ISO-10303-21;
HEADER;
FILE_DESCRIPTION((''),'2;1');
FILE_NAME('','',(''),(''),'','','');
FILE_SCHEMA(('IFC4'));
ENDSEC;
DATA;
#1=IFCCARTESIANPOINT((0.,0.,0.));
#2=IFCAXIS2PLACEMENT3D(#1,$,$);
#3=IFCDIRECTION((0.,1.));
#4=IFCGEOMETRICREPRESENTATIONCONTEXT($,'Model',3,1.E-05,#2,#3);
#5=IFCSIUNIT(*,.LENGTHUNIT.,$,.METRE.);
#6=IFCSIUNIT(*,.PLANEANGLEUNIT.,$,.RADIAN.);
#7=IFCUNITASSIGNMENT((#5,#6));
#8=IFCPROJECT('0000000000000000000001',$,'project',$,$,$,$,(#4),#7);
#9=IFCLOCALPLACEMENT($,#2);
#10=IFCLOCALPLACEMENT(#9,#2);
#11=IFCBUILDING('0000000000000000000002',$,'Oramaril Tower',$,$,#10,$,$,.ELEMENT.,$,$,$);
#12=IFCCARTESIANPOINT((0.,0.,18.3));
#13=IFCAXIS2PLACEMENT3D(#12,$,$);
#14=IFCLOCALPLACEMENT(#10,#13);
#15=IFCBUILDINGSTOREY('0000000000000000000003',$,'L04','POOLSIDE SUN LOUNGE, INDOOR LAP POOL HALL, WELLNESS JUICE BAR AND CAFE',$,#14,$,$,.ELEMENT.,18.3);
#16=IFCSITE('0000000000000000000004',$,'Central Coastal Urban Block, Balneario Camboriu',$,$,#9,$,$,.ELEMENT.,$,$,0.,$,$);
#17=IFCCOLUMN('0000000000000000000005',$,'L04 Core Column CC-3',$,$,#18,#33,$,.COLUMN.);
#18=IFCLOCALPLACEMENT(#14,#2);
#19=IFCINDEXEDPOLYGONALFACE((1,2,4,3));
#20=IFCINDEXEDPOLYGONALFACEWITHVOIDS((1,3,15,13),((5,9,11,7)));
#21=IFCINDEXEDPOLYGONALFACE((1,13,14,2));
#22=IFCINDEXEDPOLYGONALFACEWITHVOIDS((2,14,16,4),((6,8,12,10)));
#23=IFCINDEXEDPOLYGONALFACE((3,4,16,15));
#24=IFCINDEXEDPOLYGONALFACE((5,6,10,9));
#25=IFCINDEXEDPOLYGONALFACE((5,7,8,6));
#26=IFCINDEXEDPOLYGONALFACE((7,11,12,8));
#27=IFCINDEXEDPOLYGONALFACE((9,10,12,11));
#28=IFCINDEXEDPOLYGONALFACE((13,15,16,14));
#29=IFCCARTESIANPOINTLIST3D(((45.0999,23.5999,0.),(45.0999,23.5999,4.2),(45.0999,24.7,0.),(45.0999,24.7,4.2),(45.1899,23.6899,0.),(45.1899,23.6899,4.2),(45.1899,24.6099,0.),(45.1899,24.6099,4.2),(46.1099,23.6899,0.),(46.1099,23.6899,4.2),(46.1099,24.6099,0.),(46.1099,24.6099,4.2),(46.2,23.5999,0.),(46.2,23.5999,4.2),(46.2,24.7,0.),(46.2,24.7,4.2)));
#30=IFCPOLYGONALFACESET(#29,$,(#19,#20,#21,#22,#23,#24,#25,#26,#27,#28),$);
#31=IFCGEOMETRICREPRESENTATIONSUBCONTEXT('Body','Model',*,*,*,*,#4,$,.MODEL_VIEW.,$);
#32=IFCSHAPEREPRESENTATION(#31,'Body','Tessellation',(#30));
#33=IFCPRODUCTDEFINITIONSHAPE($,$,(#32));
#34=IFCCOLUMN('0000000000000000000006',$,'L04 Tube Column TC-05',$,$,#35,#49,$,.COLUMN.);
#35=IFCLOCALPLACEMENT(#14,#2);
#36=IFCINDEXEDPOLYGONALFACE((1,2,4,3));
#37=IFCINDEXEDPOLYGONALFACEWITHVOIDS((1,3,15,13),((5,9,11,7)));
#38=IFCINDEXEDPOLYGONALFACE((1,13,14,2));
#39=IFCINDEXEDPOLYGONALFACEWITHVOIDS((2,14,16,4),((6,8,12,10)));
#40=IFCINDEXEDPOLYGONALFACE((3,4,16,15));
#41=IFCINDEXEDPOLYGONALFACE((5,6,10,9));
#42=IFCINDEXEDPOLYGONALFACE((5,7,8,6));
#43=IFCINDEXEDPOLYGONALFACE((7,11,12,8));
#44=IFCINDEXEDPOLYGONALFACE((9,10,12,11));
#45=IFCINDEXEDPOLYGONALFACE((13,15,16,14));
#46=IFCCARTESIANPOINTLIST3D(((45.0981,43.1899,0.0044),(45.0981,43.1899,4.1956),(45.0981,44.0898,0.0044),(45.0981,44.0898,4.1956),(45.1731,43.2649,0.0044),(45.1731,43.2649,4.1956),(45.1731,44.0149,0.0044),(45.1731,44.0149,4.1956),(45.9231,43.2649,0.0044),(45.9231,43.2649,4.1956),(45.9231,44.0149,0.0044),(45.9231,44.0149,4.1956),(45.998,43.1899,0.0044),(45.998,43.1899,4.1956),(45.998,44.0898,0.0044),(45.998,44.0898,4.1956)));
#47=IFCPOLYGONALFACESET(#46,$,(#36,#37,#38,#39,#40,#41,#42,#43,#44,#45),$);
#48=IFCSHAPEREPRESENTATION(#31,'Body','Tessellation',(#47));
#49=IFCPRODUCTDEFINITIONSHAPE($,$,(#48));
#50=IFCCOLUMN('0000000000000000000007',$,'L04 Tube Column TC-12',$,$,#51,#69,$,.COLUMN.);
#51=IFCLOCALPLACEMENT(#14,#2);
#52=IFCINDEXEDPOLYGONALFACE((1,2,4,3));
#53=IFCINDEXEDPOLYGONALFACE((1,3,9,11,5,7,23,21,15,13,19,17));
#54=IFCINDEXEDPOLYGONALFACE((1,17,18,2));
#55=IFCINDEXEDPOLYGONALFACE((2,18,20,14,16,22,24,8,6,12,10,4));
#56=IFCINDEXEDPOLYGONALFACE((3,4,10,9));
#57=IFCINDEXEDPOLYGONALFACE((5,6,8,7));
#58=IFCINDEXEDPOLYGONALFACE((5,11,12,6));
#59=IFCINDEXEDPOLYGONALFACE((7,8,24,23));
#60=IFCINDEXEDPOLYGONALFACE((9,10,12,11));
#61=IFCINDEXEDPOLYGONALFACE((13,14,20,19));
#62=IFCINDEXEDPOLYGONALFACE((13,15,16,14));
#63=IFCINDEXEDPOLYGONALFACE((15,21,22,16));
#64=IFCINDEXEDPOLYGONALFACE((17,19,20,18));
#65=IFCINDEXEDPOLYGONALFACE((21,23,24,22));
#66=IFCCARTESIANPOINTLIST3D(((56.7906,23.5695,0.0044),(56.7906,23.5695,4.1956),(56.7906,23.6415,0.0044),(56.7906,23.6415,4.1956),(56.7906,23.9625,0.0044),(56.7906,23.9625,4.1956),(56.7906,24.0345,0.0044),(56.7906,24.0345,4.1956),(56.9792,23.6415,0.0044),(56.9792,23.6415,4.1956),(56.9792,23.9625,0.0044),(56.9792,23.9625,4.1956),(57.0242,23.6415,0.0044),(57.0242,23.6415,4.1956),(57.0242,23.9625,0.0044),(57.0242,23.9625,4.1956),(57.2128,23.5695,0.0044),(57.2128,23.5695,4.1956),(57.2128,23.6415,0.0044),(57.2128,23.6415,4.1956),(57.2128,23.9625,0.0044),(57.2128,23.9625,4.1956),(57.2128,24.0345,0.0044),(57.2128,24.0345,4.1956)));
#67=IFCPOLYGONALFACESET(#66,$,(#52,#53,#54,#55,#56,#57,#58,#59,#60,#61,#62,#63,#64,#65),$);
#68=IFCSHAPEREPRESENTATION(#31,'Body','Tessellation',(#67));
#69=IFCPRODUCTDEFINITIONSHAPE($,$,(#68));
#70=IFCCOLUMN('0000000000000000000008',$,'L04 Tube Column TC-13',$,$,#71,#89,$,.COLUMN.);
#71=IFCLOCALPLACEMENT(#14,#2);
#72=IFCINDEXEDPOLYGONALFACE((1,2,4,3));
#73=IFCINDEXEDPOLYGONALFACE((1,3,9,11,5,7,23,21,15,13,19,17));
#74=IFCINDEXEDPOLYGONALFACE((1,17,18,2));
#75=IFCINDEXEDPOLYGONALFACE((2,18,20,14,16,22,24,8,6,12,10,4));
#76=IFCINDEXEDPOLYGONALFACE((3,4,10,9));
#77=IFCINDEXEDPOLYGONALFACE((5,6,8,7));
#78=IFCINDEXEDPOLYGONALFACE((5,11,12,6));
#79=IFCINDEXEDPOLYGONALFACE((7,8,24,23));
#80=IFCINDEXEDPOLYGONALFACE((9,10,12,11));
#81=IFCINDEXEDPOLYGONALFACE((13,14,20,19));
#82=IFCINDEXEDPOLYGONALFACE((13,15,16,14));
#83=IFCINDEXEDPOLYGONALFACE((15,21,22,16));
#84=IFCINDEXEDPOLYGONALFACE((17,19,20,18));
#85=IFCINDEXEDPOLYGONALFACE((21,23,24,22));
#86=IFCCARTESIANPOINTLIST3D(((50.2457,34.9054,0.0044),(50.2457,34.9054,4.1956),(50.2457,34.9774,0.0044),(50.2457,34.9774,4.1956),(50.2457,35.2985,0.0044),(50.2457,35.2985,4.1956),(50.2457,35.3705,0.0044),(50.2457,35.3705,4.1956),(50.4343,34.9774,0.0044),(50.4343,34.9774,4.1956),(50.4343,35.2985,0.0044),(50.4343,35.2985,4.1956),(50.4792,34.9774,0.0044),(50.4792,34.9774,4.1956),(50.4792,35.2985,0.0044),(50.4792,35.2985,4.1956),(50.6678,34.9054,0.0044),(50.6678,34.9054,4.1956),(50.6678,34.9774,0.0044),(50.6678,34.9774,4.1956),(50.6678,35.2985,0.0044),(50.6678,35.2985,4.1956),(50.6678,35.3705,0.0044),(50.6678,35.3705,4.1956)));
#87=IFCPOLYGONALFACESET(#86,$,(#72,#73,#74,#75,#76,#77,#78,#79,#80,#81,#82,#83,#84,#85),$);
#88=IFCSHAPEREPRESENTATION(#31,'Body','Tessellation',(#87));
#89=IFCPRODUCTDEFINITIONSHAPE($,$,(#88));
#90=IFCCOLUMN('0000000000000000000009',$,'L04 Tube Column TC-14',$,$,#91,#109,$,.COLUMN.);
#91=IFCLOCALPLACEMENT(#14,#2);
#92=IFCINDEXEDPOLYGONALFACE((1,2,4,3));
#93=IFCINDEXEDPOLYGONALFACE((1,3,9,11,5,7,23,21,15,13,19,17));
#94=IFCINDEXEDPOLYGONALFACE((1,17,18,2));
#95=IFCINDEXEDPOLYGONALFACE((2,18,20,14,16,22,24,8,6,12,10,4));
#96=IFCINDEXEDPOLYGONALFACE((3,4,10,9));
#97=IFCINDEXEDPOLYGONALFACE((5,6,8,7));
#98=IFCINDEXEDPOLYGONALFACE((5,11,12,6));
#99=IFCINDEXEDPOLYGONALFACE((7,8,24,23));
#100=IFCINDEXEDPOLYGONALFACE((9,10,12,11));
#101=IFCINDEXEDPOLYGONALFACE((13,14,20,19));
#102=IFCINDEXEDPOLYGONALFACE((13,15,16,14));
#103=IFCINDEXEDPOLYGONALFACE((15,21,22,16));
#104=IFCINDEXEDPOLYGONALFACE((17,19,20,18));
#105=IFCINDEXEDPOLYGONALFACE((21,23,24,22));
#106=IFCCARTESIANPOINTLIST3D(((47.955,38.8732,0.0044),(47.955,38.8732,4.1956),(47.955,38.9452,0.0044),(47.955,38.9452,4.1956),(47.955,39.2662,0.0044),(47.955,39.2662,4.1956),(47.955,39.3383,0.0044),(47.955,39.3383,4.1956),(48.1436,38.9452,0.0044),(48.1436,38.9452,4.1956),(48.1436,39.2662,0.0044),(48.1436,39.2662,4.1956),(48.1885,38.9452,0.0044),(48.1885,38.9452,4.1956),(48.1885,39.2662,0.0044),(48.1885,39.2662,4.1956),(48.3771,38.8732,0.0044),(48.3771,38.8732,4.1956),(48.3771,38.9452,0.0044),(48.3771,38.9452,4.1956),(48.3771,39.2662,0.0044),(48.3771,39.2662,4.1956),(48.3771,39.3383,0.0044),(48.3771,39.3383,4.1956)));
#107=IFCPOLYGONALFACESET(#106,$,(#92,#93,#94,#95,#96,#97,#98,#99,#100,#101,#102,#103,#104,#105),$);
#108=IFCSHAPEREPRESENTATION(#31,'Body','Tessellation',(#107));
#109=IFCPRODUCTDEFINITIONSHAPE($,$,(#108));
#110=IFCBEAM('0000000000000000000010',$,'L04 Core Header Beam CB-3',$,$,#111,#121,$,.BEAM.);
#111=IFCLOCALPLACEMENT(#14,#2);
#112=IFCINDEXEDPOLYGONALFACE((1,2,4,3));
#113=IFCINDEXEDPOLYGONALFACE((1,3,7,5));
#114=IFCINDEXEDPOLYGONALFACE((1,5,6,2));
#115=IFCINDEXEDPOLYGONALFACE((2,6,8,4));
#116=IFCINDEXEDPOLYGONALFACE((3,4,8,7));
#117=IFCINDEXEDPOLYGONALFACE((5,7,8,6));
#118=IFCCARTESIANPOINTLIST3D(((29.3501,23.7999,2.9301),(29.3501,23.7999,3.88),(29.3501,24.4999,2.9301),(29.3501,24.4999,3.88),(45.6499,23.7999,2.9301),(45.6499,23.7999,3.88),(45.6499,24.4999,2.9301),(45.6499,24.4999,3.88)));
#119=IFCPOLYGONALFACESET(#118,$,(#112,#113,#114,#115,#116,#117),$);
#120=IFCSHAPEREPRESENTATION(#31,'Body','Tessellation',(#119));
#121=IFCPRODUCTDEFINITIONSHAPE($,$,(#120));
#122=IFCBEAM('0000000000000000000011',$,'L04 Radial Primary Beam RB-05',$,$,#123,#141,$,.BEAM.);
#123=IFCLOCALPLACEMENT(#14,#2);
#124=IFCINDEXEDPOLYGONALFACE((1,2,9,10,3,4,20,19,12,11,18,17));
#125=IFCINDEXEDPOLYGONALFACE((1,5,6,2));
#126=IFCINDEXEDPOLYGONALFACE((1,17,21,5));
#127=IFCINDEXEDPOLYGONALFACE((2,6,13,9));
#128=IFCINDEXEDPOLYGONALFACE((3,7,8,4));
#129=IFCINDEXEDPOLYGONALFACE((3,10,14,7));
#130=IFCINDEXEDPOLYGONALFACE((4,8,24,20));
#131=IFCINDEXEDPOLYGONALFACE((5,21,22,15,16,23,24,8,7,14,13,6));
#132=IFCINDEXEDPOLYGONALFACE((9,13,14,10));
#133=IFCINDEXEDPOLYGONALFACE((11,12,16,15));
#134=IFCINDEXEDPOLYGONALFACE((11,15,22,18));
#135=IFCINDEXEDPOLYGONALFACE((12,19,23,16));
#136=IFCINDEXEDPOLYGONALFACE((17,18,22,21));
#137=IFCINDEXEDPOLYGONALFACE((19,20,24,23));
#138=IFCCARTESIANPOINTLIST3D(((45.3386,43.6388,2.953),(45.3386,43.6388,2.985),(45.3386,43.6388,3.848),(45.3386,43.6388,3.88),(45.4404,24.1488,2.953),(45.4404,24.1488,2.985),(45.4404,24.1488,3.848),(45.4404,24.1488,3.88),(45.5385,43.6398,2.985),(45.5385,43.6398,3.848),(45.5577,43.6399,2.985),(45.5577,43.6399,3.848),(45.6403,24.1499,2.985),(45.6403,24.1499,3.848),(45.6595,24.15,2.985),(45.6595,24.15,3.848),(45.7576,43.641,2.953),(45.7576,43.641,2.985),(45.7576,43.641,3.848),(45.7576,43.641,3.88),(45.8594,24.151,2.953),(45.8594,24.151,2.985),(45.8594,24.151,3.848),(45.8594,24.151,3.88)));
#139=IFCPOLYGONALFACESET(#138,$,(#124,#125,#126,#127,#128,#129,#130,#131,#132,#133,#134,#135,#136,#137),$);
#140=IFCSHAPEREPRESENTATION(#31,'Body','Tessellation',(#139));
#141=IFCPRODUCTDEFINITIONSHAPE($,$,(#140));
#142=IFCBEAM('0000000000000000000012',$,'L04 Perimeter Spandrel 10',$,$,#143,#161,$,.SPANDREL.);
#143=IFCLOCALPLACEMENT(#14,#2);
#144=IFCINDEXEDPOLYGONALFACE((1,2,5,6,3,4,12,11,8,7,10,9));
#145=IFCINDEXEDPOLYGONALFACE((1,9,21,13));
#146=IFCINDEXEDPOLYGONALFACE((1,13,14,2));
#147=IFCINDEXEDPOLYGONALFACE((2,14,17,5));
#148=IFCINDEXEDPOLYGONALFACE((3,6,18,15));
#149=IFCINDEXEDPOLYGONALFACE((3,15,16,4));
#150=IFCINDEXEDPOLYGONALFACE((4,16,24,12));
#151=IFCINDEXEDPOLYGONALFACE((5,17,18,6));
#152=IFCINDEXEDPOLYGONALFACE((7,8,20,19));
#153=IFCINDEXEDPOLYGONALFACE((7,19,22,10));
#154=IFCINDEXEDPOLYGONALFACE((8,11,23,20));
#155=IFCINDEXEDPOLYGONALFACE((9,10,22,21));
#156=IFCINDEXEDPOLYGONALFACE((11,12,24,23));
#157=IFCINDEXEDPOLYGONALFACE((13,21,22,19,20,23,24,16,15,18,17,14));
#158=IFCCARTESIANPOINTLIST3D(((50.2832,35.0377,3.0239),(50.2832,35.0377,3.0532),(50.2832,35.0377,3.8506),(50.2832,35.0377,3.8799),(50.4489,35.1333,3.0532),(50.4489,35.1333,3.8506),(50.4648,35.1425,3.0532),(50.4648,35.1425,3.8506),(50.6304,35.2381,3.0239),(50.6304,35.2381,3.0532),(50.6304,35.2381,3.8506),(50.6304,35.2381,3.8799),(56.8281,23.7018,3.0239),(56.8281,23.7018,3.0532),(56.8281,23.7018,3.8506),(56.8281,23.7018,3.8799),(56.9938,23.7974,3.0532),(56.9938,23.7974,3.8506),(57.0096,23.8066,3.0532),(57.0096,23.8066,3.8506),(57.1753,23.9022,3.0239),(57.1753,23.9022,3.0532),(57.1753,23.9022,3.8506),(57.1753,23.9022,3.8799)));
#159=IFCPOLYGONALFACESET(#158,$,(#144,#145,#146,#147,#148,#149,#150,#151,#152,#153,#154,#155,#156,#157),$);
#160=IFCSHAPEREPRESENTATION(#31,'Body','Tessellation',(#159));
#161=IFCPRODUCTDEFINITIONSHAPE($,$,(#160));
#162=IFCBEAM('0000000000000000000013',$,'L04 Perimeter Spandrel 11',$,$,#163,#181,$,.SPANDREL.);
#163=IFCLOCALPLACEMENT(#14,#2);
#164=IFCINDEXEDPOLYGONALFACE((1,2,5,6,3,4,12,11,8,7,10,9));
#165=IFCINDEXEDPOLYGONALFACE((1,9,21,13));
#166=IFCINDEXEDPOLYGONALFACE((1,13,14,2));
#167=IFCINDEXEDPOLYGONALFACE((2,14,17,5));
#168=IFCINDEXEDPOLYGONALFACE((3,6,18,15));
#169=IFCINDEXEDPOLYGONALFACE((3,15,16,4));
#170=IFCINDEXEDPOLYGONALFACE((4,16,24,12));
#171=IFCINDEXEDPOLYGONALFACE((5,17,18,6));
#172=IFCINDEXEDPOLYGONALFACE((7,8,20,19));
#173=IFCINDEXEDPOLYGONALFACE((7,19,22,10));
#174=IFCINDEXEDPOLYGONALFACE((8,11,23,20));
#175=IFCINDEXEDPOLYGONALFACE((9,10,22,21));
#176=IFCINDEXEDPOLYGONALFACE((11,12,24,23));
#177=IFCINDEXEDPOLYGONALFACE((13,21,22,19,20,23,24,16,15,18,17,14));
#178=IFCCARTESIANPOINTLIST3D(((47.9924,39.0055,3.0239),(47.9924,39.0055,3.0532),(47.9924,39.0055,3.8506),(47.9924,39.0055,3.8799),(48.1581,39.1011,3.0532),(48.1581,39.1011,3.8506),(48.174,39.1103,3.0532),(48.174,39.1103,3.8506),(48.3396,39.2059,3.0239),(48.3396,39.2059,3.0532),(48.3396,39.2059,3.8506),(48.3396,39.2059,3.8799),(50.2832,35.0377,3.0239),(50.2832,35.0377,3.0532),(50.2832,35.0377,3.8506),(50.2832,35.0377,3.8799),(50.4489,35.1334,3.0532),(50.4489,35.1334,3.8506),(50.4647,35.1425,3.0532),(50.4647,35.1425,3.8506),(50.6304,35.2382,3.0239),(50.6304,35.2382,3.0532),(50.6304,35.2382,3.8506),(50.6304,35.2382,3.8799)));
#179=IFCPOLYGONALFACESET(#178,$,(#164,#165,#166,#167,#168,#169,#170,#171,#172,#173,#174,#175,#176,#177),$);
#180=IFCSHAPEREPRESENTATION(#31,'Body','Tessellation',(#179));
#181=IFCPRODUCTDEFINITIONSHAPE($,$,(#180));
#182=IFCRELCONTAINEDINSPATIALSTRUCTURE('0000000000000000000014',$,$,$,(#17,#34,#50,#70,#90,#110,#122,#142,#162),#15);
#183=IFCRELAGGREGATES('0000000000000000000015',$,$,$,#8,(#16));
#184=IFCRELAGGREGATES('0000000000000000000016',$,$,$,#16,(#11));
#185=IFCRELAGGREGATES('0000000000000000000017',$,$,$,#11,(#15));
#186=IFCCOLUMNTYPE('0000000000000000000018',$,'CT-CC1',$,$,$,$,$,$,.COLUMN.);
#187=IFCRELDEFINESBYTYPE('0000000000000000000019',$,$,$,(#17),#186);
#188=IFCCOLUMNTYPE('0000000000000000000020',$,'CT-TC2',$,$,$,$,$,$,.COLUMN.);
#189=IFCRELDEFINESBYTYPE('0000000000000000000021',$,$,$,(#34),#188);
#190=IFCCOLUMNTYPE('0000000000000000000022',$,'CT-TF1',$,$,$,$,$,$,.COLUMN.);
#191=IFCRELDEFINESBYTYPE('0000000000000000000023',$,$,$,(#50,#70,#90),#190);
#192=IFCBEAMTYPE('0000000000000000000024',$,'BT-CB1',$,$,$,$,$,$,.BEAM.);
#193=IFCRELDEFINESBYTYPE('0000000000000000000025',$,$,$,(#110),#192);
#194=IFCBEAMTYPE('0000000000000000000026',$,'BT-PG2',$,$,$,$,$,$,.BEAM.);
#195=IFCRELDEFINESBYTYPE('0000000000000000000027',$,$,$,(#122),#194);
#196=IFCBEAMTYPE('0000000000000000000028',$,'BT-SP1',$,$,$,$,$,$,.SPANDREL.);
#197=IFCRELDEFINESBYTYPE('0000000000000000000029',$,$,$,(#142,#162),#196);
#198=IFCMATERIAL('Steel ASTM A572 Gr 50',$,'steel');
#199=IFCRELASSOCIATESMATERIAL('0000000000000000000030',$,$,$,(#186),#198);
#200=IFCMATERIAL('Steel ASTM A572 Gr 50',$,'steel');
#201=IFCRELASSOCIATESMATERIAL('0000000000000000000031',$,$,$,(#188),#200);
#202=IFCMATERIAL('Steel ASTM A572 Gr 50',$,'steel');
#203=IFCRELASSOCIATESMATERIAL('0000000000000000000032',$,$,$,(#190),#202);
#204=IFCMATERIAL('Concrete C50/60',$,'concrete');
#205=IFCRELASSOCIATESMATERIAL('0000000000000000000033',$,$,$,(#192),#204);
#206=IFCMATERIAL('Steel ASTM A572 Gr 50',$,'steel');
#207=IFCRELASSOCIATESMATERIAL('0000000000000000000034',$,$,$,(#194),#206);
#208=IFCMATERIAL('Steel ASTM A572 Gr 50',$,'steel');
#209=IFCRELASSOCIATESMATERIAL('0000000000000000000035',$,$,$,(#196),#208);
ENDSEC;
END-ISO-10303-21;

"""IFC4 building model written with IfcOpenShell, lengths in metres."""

from ifc_helpers import new_model, si_unit, direction, frame, origin, origin_2d, place, context, subcontext, project, spatial, rectangle, hollow_rectangle, i_section, extrude, material, material_profile, profile_set, type_object, element, save


model = new_model("IFC4")

# Units and contexts
model_context = context("Model", 3, precision=1e-05, world=origin(), true_north=direction((0.0, 1.0)))
body_context = subcontext(model_context, "Body", "Model", "MODEL_VIEW")
ifc_project = project(units=[si_unit("LENGTHUNIT", "METRE"), si_unit("PLANEANGLEUNIT", "RADIAN")], contexts=[model_context])

# Site, building, storey
site_placement = place(None, origin())
site = spatial("IfcSite", under=ifc_project, at=site_placement, Name="Central Coastal Urban Block, Balneario Camboriu", CompositionType="ELEMENT", RefElevation=0.0)
building_placement = place(site_placement, origin())
building = spatial("IfcBuilding", under=site, at=building_placement, Name="Oramaril Tower", CompositionType="ELEMENT")
storey_placement = place(building_placement, frame((0.0, 0.0, 18.3)))
storey = spatial("IfcBuildingStorey", under=building, at=storey_placement, Name="L04", Description="POOLSIDE SUN LOUNGE, INDOOR LAP POOL HALL, WELLNESS JUICE BAR AND CAFE", CompositionType="ELEMENT", Elevation=18.3)

# Columns
ifc_material_1 = material(Name="Steel ASTM A572 Gr 50", Category="steel")
ifc_material_profile_1 = material_profile(ifc_material_1, hollow_rectangle(XDim=1.1001, YDim=1.1001, WallThickness=0.0901, at=origin_2d()), Name="BOX1100X1100X90")
ifc_profile_set_1 = profile_set([ifc_material_profile_1], Name="Steel ASTM A572 Gr 50")
column_type_1 = type_object("IfcColumnType", Name="CT-CC1", PredefinedType="COLUMN", material=ifc_profile_set_1)
column_1_placement = place(storey_placement, frame((45.6499, 24.1499, 0.0), z_axis=(0.0, 0.0, 1.0), x_axis=(1.0, 0.0, 0.0)))
element("IfcColumn", 1, at=column_1_placement, inside=storey, type_object=column_type_1, Name="L04 Core Column CC-3", PredefinedType="COLUMN", context=body_context, shape_type="SweptSolid", body=[
    extrude(hollow_rectangle(XDim=1.1001, YDim=1.1001, WallThickness=0.0901, at=origin_2d()), origin(), (0.0, 0.0, 1.0), 4.2),
])
ifc_material_2 = material(Name="Steel ASTM A572 Gr 50", Category="steel")
ifc_material_profile_2 = material_profile(ifc_material_2, hollow_rectangle(XDim=0.8999, YDim=0.8999, WallThickness=0.075, at=origin_2d()), Name="BOX900X900X75")
ifc_profile_set_2 = profile_set([ifc_material_profile_2], Name="Steel ASTM A572 Gr 50")
column_type_2 = type_object("IfcColumnType", Name="CT-TC2", PredefinedType="COLUMN", material=ifc_profile_set_2)
column_2_placement = place(storey_placement, frame((45.5481, 43.6399, 0.0044), z_axis=(0.0, 0.0, 1.0), x_axis=(1.0, 0.0, 0.0)))
element("IfcColumn", 2, at=column_2_placement, inside=storey, type_object=column_type_2, Name="L04 Tube Column TC-05", PredefinedType="COLUMN", context=body_context, shape_type="SweptSolid", body=[
    extrude(hollow_rectangle(XDim=0.8999, YDim=0.8999, WallThickness=0.075, at=origin_2d()), origin(), (0.0, 0.0, 1.0), 4.1912),
])
ifc_material_3 = material(Name="Steel ASTM A572 Gr 50", Category="steel")
ifc_material_profile_3 = material_profile(ifc_material_3, i_section(OverallWidth=0.4221, OverallDepth=0.4651, WebThickness=0.0449, FlangeThickness=0.072, at=origin_2d()), Name="W14X398")
ifc_profile_set_3 = profile_set([ifc_material_profile_3], Name="Steel ASTM A572 Gr 50")
column_type_3 = type_object("IfcColumnType", Name="CT-TF1", PredefinedType="COLUMN", material=ifc_profile_set_3)
for number, where, z_axis, x_axis, name in (
    (3, (57.0017, 23.802, 0.0044), (0.0, 0.0, 1.0), (1.0, 0.0, 0.0), "L04 Tube Column TC-12"),
    (4, (50.4568, 35.1379, 0.0044), (0.0, 0.0, 1.0), (1.0, 0.0, 0.0), "L04 Tube Column TC-13"),
    (5, (48.166, 39.1057, 0.0044), (0.0, 0.0, 1.0), (1.0, 0.0, 0.0), "L04 Tube Column TC-14"),
):
    element("IfcColumn", number, at=place(storey_placement, frame(where, z_axis=z_axis, x_axis=x_axis)), inside=storey, type_object=column_type_3, Name=name, PredefinedType="COLUMN", context=body_context, shape_type="SweptSolid", body=[
        extrude(i_section(OverallWidth=0.4221, OverallDepth=0.4651, WebThickness=0.0449, FlangeThickness=0.072, at=origin_2d()), origin(), (0.0, 0.0, 1.0), 4.1912),
    ])

# Beams
ifc_material_4 = material(Name="Concrete C50/60", Category="concrete")
ifc_material_profile_4 = material_profile(ifc_material_4, rectangle(XDim=0.7, YDim=0.95, at=origin_2d()), Name="CB700X950")
ifc_profile_set_4 = profile_set([ifc_material_profile_4], Name="Concrete C50/60")
beam_type_1 = type_object("IfcBeamType", Name="BT-CB1", PredefinedType="BEAM", material=ifc_profile_set_4)
beam_1_placement = place(storey_placement, frame((45.6499, 24.1499, 3.405), z_axis=(-1.0, 0.0, 0.0), x_axis=(0.0, -1.0, 0.0)))
element("IfcBeam", 6, at=beam_1_placement, inside=storey, type_object=beam_type_1, Name="L04 Core Header Beam CB-3", PredefinedType="BEAM", context=body_context, shape_type="SweptSolid", body=[
    extrude(rectangle(XDim=0.7, YDim=0.95, at=origin_2d()), origin(), (0.0, 0.0, 1.0), 16.2998),
])
ifc_material_5 = material(Name="Steel ASTM A572 Gr 50", Category="steel")
ifc_material_profile_5 = material_profile(ifc_material_5, i_section(OverallWidth=0.4189, OverallDepth=0.927, WebThickness=0.0193, FlangeThickness=0.032, at=origin_2d()), Name="W36X231")
ifc_profile_set_5 = profile_set([ifc_material_profile_5], Name="Steel ASTM A572 Gr 50")
beam_type_2 = type_object("IfcBeamType", Name="BT-PG2", PredefinedType="BEAM", material=ifc_profile_set_5)
beam_2_placement = place(storey_placement, frame((45.6499, 24.1499, 3.4165), z_axis=(-0.005223, 0.999986, 0.0), x_axis=(-0.999986, -0.005223, 0.0)))
element("IfcBeam", 7, at=beam_2_placement, inside=storey, type_object=beam_type_2, Name="L04 Radial Primary Beam RB-05", PredefinedType="BEAM", context=body_context, shape_type="SweptSolid", body=[
    extrude(i_section(OverallWidth=0.4189, OverallDepth=0.927, WebThickness=0.0193, FlangeThickness=0.032, at=origin_2d()), origin(), (0.0, 0.0, 1.0), 19.4902),
])
ifc_material_6 = material(Name="Steel ASTM A572 Gr 50", Category="steel")
ifc_material_profile_6 = material_profile(ifc_material_6, i_section(OverallWidth=0.4009, OverallDepth=0.856, WebThickness=0.0183, FlangeThickness=0.0293, at=origin_2d()), Name="W33X201")
ifc_profile_set_6 = profile_set([ifc_material_profile_6], Name="Steel ASTM A572 Gr 50")
beam_type_3 = type_object("IfcBeamType", Name="BT-SP1", PredefinedType="SPANDREL", material=ifc_profile_set_6)
beam_3_placement = place(storey_placement, frame((57.0017, 23.802, 3.4519), z_axis=(-0.500007, 0.866022, 0.0), x_axis=(-0.866022, -0.500007, 0.0)))
element("IfcBeam", 8, at=beam_3_placement, inside=storey, type_object=beam_type_3, Name="L04 Perimeter Spandrel 10", PredefinedType="SPANDREL", context=body_context, shape_type="SweptSolid", body=[
    extrude(i_section(OverallWidth=0.4009, OverallDepth=0.856, WebThickness=0.0183, FlangeThickness=0.0293, at=origin_2d()), origin(), (0.0, 0.0, 1.0), 13.0896),
])
beam_4_placement = place(storey_placement, frame((50.4568, 35.1379, 3.4519), z_axis=(-0.499996, 0.866028, 0.0), x_axis=(-0.866028, -0.499996, 0.0)))
element("IfcBeam", 9, at=beam_4_placement, inside=storey, type_object=beam_type_3, Name="L04 Perimeter Spandrel 11", PredefinedType="SPANDREL", context=body_context, shape_type="SweptSolid", body=[
    extrude(i_section(OverallWidth=0.4009, OverallDepth=0.856, WebThickness=0.0183, FlangeThickness=0.0293, at=origin_2d()), origin(), (0.0, 0.0, 1.0), 4.5815),
])

save(model, "model.ifc")
